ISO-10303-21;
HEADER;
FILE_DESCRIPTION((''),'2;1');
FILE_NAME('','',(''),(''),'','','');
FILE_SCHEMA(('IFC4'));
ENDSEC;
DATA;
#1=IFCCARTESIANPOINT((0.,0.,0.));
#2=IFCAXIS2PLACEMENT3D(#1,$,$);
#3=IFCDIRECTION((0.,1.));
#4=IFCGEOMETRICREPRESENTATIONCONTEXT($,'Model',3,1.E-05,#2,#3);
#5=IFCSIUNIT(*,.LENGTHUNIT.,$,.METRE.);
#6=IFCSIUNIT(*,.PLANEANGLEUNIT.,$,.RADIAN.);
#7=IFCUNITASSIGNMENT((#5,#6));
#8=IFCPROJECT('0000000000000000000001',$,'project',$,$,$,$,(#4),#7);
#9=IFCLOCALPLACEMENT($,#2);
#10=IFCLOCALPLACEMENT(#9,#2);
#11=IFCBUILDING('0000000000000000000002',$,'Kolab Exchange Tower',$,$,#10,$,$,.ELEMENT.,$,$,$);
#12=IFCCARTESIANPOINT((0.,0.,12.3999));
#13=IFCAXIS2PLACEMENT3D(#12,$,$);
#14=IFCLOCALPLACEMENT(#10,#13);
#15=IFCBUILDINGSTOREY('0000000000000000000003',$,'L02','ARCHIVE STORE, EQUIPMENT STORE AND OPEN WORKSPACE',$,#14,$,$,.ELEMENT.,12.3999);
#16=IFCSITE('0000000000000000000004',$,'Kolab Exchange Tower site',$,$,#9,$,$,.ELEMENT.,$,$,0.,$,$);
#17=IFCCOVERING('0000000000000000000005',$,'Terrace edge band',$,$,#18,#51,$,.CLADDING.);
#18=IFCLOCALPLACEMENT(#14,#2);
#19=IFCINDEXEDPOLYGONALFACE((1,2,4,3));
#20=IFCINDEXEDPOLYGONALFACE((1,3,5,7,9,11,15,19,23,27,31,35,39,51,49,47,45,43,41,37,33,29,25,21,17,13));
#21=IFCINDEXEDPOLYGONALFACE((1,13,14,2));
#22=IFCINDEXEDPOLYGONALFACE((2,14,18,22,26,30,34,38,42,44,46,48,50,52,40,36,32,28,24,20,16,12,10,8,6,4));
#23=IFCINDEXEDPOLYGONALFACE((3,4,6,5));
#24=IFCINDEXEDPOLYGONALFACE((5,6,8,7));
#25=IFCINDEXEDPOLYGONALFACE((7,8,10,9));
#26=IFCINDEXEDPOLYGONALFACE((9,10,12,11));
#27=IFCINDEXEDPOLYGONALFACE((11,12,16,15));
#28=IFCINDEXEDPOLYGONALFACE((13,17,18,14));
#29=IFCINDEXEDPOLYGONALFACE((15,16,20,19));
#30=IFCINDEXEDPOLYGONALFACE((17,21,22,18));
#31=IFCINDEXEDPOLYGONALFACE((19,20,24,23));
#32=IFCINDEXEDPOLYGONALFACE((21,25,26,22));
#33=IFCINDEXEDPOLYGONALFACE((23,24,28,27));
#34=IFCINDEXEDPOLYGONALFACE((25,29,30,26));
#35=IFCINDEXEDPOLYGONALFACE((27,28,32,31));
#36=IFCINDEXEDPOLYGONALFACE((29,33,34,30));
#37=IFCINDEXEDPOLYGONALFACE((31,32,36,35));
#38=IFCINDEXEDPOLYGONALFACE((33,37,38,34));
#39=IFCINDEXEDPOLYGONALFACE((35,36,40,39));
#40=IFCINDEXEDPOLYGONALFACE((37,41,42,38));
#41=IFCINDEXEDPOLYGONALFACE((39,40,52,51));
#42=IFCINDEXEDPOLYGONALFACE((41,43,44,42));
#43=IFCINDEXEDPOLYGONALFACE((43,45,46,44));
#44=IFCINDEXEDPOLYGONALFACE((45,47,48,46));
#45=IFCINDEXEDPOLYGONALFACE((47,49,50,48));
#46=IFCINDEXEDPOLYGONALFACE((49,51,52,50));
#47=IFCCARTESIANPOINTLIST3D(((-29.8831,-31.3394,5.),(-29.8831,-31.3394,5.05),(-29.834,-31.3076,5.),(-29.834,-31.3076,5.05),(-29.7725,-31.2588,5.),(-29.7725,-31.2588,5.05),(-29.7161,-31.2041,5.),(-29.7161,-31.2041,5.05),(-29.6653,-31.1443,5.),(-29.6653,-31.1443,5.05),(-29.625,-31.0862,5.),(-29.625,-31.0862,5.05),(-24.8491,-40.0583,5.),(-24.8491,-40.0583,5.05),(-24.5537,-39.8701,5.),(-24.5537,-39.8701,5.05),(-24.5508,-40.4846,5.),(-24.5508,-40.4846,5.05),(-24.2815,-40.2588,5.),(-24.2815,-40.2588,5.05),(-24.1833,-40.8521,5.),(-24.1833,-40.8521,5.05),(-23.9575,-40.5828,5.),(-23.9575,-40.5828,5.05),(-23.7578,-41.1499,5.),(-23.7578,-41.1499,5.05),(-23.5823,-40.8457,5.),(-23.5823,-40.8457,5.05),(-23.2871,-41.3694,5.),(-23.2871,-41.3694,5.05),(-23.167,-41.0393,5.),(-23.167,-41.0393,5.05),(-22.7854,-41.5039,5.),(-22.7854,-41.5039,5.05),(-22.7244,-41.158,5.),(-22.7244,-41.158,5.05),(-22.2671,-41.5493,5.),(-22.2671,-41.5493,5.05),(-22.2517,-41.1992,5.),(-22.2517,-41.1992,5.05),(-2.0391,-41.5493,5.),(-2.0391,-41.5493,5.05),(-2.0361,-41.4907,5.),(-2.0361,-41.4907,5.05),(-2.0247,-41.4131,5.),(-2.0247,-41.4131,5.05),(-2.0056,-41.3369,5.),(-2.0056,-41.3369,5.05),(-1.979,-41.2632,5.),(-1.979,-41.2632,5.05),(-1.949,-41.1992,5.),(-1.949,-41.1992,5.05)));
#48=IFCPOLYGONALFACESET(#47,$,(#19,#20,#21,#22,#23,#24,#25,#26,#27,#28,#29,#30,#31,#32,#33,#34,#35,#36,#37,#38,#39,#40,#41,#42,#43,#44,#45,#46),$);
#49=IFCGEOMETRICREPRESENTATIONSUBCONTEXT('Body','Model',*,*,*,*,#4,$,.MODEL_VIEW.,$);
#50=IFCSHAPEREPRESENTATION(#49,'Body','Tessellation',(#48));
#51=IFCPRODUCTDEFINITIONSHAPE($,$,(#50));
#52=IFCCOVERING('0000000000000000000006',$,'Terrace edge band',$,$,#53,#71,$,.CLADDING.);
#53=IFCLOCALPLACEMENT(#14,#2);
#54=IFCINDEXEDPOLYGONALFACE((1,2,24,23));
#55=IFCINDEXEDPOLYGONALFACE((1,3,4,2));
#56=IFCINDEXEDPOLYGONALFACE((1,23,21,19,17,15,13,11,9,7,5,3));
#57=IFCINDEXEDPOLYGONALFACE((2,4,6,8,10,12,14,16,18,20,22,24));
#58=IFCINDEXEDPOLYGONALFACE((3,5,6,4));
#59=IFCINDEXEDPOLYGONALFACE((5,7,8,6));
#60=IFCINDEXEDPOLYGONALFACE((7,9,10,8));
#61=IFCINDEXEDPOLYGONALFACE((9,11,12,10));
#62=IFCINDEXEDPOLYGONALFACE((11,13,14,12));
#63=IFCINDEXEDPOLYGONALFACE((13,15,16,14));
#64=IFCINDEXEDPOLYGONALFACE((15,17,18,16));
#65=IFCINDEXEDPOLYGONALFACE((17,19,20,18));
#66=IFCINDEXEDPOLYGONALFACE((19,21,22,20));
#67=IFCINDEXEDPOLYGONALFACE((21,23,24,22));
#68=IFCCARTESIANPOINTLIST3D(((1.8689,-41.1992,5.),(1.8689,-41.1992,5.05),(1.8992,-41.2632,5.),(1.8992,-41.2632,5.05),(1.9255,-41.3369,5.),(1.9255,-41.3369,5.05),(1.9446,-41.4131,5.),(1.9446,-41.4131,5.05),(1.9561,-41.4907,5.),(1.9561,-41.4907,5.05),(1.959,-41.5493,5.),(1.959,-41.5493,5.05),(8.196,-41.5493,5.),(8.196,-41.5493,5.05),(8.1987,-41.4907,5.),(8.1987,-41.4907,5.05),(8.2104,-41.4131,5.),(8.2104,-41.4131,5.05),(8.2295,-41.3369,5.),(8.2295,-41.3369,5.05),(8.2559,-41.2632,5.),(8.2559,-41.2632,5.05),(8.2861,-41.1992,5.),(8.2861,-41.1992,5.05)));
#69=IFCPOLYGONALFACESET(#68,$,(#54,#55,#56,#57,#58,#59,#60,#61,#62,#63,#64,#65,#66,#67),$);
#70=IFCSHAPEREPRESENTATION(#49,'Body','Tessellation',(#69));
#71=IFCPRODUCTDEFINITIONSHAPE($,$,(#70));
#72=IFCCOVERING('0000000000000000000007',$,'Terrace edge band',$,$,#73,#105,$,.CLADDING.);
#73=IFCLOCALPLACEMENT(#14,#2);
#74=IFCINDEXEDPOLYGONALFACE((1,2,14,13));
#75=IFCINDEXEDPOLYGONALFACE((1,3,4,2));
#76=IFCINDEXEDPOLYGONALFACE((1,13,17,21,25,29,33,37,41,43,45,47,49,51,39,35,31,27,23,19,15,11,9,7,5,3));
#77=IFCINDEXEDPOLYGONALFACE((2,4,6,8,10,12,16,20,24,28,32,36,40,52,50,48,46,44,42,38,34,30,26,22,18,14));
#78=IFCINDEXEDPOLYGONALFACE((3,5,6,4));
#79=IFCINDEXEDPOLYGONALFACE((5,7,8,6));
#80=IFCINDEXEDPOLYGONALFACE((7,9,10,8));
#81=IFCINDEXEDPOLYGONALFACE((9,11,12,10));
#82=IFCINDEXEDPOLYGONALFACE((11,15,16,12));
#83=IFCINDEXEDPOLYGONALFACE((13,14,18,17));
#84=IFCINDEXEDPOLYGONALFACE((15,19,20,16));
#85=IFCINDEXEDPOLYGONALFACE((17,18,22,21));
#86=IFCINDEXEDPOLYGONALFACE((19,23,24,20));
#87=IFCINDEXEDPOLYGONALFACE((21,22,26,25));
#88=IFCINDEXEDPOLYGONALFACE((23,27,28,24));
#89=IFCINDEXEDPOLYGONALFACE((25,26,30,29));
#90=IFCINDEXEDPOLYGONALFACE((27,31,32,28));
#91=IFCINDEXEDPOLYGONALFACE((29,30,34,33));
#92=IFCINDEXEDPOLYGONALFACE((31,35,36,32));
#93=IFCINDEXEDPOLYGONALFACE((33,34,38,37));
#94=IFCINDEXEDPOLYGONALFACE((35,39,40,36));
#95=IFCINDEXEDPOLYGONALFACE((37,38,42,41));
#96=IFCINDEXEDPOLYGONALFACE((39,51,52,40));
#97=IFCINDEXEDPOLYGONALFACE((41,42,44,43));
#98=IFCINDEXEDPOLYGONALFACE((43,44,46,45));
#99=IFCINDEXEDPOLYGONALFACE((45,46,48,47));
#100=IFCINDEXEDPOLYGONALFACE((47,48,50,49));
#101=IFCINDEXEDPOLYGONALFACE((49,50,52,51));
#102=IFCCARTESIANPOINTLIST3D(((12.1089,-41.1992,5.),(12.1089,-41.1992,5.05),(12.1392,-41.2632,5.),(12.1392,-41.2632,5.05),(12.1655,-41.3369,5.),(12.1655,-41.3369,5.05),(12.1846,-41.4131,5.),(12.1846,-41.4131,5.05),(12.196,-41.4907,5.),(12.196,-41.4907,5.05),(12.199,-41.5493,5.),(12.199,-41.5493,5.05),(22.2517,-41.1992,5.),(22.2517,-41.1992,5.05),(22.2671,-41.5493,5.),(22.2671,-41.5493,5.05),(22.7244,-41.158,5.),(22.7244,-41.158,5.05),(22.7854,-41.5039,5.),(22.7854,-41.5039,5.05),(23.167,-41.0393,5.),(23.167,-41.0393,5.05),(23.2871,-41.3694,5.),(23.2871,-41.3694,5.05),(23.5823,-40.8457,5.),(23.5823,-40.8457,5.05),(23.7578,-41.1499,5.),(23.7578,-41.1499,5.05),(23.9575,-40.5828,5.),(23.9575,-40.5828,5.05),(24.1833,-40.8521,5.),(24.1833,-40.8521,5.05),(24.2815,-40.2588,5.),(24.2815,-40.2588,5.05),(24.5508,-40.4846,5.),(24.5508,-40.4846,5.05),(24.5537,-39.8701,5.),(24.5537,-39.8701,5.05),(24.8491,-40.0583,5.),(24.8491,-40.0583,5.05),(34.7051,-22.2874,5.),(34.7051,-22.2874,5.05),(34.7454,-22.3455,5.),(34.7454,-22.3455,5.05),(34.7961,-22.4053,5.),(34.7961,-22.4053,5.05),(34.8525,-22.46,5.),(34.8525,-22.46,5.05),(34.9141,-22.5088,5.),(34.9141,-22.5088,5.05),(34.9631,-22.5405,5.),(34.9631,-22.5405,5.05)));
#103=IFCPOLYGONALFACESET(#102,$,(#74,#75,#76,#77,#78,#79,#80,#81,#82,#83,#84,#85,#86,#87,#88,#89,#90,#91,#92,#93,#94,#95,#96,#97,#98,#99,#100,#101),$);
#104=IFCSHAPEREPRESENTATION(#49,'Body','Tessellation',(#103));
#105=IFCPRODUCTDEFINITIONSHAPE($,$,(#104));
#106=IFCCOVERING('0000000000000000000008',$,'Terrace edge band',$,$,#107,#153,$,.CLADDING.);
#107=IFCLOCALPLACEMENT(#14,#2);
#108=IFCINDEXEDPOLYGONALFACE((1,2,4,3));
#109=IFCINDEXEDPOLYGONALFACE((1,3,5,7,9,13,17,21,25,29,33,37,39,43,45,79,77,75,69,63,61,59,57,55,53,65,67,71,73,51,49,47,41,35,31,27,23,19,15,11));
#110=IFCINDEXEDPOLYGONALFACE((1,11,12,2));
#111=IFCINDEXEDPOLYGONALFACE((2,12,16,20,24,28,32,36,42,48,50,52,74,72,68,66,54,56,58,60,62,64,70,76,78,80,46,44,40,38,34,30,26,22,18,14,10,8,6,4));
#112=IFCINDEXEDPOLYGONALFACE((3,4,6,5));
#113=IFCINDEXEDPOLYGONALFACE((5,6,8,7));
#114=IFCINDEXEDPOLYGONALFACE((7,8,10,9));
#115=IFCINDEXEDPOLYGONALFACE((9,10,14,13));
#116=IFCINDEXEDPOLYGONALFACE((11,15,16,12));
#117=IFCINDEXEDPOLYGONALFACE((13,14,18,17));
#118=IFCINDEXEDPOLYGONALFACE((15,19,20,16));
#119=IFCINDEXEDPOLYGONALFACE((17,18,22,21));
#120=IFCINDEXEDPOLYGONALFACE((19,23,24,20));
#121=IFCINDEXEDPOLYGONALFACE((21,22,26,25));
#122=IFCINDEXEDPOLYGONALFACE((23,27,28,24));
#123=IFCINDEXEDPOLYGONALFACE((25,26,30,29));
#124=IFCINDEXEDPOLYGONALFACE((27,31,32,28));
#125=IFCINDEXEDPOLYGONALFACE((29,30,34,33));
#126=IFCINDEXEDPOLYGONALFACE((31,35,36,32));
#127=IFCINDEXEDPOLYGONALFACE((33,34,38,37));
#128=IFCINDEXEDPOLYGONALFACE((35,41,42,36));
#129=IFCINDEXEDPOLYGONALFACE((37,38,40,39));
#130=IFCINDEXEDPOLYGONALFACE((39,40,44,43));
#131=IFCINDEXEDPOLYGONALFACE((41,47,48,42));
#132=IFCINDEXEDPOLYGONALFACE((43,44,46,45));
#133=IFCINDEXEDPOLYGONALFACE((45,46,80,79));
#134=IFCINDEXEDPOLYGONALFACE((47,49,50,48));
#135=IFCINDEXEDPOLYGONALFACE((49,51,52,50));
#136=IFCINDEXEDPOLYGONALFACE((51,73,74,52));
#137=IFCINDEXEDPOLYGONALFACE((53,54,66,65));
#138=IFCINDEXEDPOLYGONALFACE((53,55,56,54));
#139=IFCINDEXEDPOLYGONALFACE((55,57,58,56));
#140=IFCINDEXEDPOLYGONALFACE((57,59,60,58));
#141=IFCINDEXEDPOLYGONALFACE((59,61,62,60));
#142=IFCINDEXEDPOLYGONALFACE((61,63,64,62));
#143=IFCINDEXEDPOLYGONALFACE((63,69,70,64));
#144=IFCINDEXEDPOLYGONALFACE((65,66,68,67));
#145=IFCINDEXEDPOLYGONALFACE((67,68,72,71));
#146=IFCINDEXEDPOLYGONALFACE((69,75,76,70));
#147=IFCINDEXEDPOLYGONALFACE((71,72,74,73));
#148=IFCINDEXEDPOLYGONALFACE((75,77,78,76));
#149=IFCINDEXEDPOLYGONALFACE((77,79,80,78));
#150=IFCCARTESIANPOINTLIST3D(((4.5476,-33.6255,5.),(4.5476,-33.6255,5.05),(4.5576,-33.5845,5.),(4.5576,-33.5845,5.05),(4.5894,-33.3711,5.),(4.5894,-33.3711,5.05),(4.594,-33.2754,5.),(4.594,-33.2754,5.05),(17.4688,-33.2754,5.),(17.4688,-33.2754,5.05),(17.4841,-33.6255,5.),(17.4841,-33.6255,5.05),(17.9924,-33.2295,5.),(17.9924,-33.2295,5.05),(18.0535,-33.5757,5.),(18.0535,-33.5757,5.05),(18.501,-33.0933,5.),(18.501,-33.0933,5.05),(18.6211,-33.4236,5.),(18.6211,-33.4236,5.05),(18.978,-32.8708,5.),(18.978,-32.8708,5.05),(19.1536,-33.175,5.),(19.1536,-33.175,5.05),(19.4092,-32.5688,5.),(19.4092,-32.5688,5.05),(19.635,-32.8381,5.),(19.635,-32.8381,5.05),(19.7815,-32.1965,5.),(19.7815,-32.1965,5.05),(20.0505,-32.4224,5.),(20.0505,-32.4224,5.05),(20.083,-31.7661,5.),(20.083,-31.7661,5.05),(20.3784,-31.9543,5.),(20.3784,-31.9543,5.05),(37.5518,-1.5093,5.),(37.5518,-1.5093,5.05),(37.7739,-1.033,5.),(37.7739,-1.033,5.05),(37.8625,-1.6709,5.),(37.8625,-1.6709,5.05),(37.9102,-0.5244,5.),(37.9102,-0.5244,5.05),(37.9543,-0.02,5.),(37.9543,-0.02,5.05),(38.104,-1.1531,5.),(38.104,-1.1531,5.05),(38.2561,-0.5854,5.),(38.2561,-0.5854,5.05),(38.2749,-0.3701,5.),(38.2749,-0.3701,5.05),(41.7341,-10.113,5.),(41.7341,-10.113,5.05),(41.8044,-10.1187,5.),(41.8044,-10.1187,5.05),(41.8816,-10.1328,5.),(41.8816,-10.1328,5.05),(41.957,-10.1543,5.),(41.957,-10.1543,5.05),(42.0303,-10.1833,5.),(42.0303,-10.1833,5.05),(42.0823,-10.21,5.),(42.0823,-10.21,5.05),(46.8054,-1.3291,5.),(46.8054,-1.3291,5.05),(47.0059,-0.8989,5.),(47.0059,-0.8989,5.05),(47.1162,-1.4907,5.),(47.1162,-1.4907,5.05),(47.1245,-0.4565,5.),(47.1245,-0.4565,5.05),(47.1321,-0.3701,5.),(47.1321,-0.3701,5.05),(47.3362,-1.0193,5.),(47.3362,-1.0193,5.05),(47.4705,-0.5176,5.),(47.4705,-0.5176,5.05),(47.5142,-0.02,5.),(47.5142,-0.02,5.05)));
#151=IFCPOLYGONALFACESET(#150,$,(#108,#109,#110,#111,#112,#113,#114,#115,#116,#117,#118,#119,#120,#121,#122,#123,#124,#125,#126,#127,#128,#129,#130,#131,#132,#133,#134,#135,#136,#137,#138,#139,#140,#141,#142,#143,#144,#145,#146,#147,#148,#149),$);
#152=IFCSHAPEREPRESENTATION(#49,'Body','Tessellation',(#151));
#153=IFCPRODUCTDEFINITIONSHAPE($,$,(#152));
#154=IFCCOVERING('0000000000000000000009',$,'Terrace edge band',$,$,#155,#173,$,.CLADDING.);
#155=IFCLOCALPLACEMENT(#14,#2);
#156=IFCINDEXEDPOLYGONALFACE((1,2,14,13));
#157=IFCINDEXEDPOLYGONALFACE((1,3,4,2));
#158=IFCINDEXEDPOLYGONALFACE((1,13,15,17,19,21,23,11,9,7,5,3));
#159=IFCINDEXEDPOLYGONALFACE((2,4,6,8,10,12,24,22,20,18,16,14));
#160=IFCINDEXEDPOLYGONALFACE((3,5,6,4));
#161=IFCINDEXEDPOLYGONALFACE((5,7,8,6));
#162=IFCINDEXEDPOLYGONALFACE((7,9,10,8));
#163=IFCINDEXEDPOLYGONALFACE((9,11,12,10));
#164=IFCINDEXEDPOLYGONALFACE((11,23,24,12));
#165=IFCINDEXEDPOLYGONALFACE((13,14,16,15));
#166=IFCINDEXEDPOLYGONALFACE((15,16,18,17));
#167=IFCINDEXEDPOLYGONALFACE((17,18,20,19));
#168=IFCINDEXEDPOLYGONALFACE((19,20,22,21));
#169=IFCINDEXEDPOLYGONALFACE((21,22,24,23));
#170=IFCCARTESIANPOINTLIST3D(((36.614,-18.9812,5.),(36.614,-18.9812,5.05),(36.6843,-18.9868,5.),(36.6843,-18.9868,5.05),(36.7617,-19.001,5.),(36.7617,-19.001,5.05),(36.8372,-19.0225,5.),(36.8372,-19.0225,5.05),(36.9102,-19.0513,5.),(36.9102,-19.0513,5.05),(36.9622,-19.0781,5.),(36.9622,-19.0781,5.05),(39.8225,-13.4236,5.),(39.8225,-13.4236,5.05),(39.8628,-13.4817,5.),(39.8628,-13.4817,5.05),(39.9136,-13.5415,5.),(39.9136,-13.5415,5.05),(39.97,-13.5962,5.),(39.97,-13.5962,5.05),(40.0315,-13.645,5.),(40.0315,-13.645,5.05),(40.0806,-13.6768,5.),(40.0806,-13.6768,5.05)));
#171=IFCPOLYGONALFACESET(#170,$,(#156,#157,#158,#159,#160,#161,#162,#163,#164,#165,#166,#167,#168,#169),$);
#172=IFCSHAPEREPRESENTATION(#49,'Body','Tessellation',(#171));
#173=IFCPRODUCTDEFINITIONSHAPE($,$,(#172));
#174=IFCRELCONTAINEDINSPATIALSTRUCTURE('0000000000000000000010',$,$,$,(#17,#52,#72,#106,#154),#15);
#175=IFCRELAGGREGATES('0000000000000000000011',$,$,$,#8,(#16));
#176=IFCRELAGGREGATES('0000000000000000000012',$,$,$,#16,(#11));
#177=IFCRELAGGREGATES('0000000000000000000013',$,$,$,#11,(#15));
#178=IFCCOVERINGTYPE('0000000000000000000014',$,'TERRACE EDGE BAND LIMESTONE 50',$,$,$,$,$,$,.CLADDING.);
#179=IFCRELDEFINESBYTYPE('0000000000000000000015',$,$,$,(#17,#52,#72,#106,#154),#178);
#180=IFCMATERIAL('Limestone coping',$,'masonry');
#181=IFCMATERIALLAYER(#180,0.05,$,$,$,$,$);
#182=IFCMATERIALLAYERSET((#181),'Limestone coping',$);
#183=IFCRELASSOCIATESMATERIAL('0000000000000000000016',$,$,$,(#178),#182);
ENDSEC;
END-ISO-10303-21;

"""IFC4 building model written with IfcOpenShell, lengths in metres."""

from ifc_helpers import new_model, si_unit, direction, frame, origin, place, context, subcontext, project, spatial, polyline, outline, extrude, material, layer, layer_set, type_object, element, save


model = new_model("IFC4")

# Units and contexts
model_context = context("Model", 3, precision=1e-05, world=origin(), true_north=direction((0.0, 1.0)))
body_context = subcontext(model_context, "Body", "Model", "MODEL_VIEW")
ifc_project = project(units=[si_unit("LENGTHUNIT", "METRE"), si_unit("PLANEANGLEUNIT", "RADIAN")], contexts=[model_context])

# Site, building, storey
site_placement = place(None, origin())
site = spatial("IfcSite", under=ifc_project, at=site_placement, Name="Kolab Exchange Tower site", CompositionType="ELEMENT", RefElevation=0.0)
building_placement = place(site_placement, origin())
building = spatial("IfcBuilding", under=site, at=building_placement, Name="Kolab Exchange Tower", CompositionType="ELEMENT")
storey_placement = place(building_placement, frame((0.0, 0.0, 12.3999)))
storey = spatial("IfcBuildingStorey", under=building, at=storey_placement, Name="L02", Description="ARCHIVE STORE, EQUIPMENT STORE AND OPEN WORKSPACE", CompositionType="ELEMENT", Elevation=12.3999)

# Coverings
ifc_material_1 = material(Name="Limestone coping", Category="masonry")
ifc_layer_1 = layer(ifc_material_1, 0.05)
ifc_layer_set_1 = layer_set([ifc_layer_1], Name="Limestone coping")
covering_type_1 = type_object("IfcCoveringType", Name="TERRACE EDGE BAND LIMESTONE 50", PredefinedType="CLADDING", material=ifc_layer_set_1)
covering_1_placement = place(storey_placement, frame((0.0, 0.0, 5.0)))
element("IfcCovering", 1, at=covering_1_placement, inside=storey, type_object=covering_type_1, Name="Terrace edge band", PredefinedType="CLADDING", context=body_context, shape_type="SweptSolid", body=[
    extrude(outline(polyline([(-22.2671, -41.5493), (-22.7854, -41.5039), (-23.2871, -41.3694), (-23.7578, -41.1499), (-24.1833, -40.8521), (-24.5508, -40.4846), (-24.8491, -40.0583), (-29.8831, -31.3394), (-29.834, -31.3076), (-29.7725, -31.2588), (-29.7161, -31.2041), (-29.6653, -31.1443), (-29.625, -31.0862), (-24.5537, -39.8701), (-24.2815, -40.2588), (-23.9575, -40.5828), (-23.5823, -40.8457), (-23.167, -41.0393), (-22.7244, -41.158), (-22.2517, -41.1992), (-1.949, -41.1992), (-1.979, -41.2632), (-2.0056, -41.3369), (-2.0247, -41.4131), (-2.0361, -41.4907), (-2.0391, -41.5493), (-22.2671, -41.5493)])), origin(), (0.0, 0.0, 1.0), 0.05),
])
covering_2_placement = place(storey_placement, frame((0.0, 0.0, 5.0)))
element("IfcCovering", 2, at=covering_2_placement, inside=storey, type_object=covering_type_1, Name="Terrace edge band", PredefinedType="CLADDING", context=body_context, shape_type="SweptSolid", body=[
    extrude(outline(polyline([(1.959, -41.5493), (1.9561, -41.4907), (1.9446, -41.4131), (1.9255, -41.3369), (1.8992, -41.2632), (1.8689, -41.1992), (8.2861, -41.1992), (8.2559, -41.2632), (8.2295, -41.3369), (8.2104, -41.4131), (8.1987, -41.4907), (8.196, -41.5493), (1.959, -41.5493)])), origin(), (0.0, 0.0, 1.0), 0.05),
])
covering_3_placement = place(storey_placement, frame((0.0, 0.0, 5.0)))
element("IfcCovering", 3, at=covering_3_placement, inside=storey, type_object=covering_type_1, Name="Terrace edge band", PredefinedType="CLADDING", context=body_context, shape_type="SweptSolid", body=[
    extrude(outline(polyline([(24.1833, -40.8521), (23.7578, -41.1499), (23.2871, -41.3694), (22.7854, -41.5039), (22.2671, -41.5493), (12.199, -41.5493), (12.196, -41.4907), (12.1846, -41.4131), (12.1655, -41.3369), (12.1392, -41.2632), (12.1089, -41.1992), (22.2517, -41.1992), (22.7244, -41.158), (23.167, -41.0393), (23.5823, -40.8457), (23.9575, -40.5828), (24.2815, -40.2588), (24.5537, -39.8701), (34.7051, -22.2874), (34.7454, -22.3455), (34.7961, -22.4053), (34.8525, -22.46), (34.9141, -22.5088), (34.9631, -22.5405), (24.8491, -40.0583), (24.5508, -40.4846), (24.1833, -40.8521)])), origin(), (0.0, 0.0, 1.0), 0.05),
])
covering_4_placement = place(storey_placement, frame((0.0, 0.0, 5.0)))
element("IfcCovering", 4, at=covering_4_placement, inside=storey, type_object=covering_type_1, Name="Terrace edge band", PredefinedType="CLADDING", context=body_context, shape_type="SweptSolid", body=[
    extrude(outline(polyline([(17.4688, -33.2754), (17.9924, -33.2295), (18.501, -33.0933), (18.978, -32.8708), (19.4092, -32.5688), (19.7815, -32.1965), (20.083, -31.7661), (37.5518, -1.5093), (37.7739, -1.033), (37.9102, -0.5244), (37.9543, -0.02), (47.5142, -0.02), (47.4705, -0.5176), (47.3362, -1.0193), (47.1162, -1.4907), (42.0823, -10.21), (42.0303, -10.1833), (41.957, -10.1543), (41.8816, -10.1328), (41.8044, -10.1187), (41.7341, -10.113), (46.8054, -1.3291), (47.0059, -0.8989), (47.1245, -0.4565), (47.1321, -0.3701), (38.2749, -0.3701), (38.2561, -0.5854), (38.104, -1.1531), (37.8625, -1.6709), (20.3784, -31.9543), (20.0505, -32.4224), (19.635, -32.8381), (19.1536, -33.175), (18.6211, -33.4236), (18.0535, -33.5757), (17.4841, -33.6255), (4.5476, -33.6255), (4.5576, -33.5845), (4.5894, -33.3711), (4.594, -33.2754), (17.4688, -33.2754)])), origin(), (0.0, 0.0, 1.0), 0.05),
])
covering_5_placement = place(storey_placement, frame((0.0, 0.0, 5.0)))
element("IfcCovering", 5, at=covering_5_placement, inside=storey, type_object=covering_type_1, Name="Terrace edge band", PredefinedType="CLADDING", context=body_context, shape_type="SweptSolid", body=[
    extrude(outline(polyline([(36.9622, -19.0781), (36.9102, -19.0513), (36.8372, -19.0225), (36.7617, -19.001), (36.6843, -18.9868), (36.614, -18.9812), (39.8225, -13.4236), (39.8628, -13.4817), (39.9136, -13.5415), (39.97, -13.5962), (40.0315, -13.645), (40.0806, -13.6768), (36.9622, -19.0781)])), origin(), (0.0, 0.0, 1.0), 0.05),
])

save(model, "model.ifc")
